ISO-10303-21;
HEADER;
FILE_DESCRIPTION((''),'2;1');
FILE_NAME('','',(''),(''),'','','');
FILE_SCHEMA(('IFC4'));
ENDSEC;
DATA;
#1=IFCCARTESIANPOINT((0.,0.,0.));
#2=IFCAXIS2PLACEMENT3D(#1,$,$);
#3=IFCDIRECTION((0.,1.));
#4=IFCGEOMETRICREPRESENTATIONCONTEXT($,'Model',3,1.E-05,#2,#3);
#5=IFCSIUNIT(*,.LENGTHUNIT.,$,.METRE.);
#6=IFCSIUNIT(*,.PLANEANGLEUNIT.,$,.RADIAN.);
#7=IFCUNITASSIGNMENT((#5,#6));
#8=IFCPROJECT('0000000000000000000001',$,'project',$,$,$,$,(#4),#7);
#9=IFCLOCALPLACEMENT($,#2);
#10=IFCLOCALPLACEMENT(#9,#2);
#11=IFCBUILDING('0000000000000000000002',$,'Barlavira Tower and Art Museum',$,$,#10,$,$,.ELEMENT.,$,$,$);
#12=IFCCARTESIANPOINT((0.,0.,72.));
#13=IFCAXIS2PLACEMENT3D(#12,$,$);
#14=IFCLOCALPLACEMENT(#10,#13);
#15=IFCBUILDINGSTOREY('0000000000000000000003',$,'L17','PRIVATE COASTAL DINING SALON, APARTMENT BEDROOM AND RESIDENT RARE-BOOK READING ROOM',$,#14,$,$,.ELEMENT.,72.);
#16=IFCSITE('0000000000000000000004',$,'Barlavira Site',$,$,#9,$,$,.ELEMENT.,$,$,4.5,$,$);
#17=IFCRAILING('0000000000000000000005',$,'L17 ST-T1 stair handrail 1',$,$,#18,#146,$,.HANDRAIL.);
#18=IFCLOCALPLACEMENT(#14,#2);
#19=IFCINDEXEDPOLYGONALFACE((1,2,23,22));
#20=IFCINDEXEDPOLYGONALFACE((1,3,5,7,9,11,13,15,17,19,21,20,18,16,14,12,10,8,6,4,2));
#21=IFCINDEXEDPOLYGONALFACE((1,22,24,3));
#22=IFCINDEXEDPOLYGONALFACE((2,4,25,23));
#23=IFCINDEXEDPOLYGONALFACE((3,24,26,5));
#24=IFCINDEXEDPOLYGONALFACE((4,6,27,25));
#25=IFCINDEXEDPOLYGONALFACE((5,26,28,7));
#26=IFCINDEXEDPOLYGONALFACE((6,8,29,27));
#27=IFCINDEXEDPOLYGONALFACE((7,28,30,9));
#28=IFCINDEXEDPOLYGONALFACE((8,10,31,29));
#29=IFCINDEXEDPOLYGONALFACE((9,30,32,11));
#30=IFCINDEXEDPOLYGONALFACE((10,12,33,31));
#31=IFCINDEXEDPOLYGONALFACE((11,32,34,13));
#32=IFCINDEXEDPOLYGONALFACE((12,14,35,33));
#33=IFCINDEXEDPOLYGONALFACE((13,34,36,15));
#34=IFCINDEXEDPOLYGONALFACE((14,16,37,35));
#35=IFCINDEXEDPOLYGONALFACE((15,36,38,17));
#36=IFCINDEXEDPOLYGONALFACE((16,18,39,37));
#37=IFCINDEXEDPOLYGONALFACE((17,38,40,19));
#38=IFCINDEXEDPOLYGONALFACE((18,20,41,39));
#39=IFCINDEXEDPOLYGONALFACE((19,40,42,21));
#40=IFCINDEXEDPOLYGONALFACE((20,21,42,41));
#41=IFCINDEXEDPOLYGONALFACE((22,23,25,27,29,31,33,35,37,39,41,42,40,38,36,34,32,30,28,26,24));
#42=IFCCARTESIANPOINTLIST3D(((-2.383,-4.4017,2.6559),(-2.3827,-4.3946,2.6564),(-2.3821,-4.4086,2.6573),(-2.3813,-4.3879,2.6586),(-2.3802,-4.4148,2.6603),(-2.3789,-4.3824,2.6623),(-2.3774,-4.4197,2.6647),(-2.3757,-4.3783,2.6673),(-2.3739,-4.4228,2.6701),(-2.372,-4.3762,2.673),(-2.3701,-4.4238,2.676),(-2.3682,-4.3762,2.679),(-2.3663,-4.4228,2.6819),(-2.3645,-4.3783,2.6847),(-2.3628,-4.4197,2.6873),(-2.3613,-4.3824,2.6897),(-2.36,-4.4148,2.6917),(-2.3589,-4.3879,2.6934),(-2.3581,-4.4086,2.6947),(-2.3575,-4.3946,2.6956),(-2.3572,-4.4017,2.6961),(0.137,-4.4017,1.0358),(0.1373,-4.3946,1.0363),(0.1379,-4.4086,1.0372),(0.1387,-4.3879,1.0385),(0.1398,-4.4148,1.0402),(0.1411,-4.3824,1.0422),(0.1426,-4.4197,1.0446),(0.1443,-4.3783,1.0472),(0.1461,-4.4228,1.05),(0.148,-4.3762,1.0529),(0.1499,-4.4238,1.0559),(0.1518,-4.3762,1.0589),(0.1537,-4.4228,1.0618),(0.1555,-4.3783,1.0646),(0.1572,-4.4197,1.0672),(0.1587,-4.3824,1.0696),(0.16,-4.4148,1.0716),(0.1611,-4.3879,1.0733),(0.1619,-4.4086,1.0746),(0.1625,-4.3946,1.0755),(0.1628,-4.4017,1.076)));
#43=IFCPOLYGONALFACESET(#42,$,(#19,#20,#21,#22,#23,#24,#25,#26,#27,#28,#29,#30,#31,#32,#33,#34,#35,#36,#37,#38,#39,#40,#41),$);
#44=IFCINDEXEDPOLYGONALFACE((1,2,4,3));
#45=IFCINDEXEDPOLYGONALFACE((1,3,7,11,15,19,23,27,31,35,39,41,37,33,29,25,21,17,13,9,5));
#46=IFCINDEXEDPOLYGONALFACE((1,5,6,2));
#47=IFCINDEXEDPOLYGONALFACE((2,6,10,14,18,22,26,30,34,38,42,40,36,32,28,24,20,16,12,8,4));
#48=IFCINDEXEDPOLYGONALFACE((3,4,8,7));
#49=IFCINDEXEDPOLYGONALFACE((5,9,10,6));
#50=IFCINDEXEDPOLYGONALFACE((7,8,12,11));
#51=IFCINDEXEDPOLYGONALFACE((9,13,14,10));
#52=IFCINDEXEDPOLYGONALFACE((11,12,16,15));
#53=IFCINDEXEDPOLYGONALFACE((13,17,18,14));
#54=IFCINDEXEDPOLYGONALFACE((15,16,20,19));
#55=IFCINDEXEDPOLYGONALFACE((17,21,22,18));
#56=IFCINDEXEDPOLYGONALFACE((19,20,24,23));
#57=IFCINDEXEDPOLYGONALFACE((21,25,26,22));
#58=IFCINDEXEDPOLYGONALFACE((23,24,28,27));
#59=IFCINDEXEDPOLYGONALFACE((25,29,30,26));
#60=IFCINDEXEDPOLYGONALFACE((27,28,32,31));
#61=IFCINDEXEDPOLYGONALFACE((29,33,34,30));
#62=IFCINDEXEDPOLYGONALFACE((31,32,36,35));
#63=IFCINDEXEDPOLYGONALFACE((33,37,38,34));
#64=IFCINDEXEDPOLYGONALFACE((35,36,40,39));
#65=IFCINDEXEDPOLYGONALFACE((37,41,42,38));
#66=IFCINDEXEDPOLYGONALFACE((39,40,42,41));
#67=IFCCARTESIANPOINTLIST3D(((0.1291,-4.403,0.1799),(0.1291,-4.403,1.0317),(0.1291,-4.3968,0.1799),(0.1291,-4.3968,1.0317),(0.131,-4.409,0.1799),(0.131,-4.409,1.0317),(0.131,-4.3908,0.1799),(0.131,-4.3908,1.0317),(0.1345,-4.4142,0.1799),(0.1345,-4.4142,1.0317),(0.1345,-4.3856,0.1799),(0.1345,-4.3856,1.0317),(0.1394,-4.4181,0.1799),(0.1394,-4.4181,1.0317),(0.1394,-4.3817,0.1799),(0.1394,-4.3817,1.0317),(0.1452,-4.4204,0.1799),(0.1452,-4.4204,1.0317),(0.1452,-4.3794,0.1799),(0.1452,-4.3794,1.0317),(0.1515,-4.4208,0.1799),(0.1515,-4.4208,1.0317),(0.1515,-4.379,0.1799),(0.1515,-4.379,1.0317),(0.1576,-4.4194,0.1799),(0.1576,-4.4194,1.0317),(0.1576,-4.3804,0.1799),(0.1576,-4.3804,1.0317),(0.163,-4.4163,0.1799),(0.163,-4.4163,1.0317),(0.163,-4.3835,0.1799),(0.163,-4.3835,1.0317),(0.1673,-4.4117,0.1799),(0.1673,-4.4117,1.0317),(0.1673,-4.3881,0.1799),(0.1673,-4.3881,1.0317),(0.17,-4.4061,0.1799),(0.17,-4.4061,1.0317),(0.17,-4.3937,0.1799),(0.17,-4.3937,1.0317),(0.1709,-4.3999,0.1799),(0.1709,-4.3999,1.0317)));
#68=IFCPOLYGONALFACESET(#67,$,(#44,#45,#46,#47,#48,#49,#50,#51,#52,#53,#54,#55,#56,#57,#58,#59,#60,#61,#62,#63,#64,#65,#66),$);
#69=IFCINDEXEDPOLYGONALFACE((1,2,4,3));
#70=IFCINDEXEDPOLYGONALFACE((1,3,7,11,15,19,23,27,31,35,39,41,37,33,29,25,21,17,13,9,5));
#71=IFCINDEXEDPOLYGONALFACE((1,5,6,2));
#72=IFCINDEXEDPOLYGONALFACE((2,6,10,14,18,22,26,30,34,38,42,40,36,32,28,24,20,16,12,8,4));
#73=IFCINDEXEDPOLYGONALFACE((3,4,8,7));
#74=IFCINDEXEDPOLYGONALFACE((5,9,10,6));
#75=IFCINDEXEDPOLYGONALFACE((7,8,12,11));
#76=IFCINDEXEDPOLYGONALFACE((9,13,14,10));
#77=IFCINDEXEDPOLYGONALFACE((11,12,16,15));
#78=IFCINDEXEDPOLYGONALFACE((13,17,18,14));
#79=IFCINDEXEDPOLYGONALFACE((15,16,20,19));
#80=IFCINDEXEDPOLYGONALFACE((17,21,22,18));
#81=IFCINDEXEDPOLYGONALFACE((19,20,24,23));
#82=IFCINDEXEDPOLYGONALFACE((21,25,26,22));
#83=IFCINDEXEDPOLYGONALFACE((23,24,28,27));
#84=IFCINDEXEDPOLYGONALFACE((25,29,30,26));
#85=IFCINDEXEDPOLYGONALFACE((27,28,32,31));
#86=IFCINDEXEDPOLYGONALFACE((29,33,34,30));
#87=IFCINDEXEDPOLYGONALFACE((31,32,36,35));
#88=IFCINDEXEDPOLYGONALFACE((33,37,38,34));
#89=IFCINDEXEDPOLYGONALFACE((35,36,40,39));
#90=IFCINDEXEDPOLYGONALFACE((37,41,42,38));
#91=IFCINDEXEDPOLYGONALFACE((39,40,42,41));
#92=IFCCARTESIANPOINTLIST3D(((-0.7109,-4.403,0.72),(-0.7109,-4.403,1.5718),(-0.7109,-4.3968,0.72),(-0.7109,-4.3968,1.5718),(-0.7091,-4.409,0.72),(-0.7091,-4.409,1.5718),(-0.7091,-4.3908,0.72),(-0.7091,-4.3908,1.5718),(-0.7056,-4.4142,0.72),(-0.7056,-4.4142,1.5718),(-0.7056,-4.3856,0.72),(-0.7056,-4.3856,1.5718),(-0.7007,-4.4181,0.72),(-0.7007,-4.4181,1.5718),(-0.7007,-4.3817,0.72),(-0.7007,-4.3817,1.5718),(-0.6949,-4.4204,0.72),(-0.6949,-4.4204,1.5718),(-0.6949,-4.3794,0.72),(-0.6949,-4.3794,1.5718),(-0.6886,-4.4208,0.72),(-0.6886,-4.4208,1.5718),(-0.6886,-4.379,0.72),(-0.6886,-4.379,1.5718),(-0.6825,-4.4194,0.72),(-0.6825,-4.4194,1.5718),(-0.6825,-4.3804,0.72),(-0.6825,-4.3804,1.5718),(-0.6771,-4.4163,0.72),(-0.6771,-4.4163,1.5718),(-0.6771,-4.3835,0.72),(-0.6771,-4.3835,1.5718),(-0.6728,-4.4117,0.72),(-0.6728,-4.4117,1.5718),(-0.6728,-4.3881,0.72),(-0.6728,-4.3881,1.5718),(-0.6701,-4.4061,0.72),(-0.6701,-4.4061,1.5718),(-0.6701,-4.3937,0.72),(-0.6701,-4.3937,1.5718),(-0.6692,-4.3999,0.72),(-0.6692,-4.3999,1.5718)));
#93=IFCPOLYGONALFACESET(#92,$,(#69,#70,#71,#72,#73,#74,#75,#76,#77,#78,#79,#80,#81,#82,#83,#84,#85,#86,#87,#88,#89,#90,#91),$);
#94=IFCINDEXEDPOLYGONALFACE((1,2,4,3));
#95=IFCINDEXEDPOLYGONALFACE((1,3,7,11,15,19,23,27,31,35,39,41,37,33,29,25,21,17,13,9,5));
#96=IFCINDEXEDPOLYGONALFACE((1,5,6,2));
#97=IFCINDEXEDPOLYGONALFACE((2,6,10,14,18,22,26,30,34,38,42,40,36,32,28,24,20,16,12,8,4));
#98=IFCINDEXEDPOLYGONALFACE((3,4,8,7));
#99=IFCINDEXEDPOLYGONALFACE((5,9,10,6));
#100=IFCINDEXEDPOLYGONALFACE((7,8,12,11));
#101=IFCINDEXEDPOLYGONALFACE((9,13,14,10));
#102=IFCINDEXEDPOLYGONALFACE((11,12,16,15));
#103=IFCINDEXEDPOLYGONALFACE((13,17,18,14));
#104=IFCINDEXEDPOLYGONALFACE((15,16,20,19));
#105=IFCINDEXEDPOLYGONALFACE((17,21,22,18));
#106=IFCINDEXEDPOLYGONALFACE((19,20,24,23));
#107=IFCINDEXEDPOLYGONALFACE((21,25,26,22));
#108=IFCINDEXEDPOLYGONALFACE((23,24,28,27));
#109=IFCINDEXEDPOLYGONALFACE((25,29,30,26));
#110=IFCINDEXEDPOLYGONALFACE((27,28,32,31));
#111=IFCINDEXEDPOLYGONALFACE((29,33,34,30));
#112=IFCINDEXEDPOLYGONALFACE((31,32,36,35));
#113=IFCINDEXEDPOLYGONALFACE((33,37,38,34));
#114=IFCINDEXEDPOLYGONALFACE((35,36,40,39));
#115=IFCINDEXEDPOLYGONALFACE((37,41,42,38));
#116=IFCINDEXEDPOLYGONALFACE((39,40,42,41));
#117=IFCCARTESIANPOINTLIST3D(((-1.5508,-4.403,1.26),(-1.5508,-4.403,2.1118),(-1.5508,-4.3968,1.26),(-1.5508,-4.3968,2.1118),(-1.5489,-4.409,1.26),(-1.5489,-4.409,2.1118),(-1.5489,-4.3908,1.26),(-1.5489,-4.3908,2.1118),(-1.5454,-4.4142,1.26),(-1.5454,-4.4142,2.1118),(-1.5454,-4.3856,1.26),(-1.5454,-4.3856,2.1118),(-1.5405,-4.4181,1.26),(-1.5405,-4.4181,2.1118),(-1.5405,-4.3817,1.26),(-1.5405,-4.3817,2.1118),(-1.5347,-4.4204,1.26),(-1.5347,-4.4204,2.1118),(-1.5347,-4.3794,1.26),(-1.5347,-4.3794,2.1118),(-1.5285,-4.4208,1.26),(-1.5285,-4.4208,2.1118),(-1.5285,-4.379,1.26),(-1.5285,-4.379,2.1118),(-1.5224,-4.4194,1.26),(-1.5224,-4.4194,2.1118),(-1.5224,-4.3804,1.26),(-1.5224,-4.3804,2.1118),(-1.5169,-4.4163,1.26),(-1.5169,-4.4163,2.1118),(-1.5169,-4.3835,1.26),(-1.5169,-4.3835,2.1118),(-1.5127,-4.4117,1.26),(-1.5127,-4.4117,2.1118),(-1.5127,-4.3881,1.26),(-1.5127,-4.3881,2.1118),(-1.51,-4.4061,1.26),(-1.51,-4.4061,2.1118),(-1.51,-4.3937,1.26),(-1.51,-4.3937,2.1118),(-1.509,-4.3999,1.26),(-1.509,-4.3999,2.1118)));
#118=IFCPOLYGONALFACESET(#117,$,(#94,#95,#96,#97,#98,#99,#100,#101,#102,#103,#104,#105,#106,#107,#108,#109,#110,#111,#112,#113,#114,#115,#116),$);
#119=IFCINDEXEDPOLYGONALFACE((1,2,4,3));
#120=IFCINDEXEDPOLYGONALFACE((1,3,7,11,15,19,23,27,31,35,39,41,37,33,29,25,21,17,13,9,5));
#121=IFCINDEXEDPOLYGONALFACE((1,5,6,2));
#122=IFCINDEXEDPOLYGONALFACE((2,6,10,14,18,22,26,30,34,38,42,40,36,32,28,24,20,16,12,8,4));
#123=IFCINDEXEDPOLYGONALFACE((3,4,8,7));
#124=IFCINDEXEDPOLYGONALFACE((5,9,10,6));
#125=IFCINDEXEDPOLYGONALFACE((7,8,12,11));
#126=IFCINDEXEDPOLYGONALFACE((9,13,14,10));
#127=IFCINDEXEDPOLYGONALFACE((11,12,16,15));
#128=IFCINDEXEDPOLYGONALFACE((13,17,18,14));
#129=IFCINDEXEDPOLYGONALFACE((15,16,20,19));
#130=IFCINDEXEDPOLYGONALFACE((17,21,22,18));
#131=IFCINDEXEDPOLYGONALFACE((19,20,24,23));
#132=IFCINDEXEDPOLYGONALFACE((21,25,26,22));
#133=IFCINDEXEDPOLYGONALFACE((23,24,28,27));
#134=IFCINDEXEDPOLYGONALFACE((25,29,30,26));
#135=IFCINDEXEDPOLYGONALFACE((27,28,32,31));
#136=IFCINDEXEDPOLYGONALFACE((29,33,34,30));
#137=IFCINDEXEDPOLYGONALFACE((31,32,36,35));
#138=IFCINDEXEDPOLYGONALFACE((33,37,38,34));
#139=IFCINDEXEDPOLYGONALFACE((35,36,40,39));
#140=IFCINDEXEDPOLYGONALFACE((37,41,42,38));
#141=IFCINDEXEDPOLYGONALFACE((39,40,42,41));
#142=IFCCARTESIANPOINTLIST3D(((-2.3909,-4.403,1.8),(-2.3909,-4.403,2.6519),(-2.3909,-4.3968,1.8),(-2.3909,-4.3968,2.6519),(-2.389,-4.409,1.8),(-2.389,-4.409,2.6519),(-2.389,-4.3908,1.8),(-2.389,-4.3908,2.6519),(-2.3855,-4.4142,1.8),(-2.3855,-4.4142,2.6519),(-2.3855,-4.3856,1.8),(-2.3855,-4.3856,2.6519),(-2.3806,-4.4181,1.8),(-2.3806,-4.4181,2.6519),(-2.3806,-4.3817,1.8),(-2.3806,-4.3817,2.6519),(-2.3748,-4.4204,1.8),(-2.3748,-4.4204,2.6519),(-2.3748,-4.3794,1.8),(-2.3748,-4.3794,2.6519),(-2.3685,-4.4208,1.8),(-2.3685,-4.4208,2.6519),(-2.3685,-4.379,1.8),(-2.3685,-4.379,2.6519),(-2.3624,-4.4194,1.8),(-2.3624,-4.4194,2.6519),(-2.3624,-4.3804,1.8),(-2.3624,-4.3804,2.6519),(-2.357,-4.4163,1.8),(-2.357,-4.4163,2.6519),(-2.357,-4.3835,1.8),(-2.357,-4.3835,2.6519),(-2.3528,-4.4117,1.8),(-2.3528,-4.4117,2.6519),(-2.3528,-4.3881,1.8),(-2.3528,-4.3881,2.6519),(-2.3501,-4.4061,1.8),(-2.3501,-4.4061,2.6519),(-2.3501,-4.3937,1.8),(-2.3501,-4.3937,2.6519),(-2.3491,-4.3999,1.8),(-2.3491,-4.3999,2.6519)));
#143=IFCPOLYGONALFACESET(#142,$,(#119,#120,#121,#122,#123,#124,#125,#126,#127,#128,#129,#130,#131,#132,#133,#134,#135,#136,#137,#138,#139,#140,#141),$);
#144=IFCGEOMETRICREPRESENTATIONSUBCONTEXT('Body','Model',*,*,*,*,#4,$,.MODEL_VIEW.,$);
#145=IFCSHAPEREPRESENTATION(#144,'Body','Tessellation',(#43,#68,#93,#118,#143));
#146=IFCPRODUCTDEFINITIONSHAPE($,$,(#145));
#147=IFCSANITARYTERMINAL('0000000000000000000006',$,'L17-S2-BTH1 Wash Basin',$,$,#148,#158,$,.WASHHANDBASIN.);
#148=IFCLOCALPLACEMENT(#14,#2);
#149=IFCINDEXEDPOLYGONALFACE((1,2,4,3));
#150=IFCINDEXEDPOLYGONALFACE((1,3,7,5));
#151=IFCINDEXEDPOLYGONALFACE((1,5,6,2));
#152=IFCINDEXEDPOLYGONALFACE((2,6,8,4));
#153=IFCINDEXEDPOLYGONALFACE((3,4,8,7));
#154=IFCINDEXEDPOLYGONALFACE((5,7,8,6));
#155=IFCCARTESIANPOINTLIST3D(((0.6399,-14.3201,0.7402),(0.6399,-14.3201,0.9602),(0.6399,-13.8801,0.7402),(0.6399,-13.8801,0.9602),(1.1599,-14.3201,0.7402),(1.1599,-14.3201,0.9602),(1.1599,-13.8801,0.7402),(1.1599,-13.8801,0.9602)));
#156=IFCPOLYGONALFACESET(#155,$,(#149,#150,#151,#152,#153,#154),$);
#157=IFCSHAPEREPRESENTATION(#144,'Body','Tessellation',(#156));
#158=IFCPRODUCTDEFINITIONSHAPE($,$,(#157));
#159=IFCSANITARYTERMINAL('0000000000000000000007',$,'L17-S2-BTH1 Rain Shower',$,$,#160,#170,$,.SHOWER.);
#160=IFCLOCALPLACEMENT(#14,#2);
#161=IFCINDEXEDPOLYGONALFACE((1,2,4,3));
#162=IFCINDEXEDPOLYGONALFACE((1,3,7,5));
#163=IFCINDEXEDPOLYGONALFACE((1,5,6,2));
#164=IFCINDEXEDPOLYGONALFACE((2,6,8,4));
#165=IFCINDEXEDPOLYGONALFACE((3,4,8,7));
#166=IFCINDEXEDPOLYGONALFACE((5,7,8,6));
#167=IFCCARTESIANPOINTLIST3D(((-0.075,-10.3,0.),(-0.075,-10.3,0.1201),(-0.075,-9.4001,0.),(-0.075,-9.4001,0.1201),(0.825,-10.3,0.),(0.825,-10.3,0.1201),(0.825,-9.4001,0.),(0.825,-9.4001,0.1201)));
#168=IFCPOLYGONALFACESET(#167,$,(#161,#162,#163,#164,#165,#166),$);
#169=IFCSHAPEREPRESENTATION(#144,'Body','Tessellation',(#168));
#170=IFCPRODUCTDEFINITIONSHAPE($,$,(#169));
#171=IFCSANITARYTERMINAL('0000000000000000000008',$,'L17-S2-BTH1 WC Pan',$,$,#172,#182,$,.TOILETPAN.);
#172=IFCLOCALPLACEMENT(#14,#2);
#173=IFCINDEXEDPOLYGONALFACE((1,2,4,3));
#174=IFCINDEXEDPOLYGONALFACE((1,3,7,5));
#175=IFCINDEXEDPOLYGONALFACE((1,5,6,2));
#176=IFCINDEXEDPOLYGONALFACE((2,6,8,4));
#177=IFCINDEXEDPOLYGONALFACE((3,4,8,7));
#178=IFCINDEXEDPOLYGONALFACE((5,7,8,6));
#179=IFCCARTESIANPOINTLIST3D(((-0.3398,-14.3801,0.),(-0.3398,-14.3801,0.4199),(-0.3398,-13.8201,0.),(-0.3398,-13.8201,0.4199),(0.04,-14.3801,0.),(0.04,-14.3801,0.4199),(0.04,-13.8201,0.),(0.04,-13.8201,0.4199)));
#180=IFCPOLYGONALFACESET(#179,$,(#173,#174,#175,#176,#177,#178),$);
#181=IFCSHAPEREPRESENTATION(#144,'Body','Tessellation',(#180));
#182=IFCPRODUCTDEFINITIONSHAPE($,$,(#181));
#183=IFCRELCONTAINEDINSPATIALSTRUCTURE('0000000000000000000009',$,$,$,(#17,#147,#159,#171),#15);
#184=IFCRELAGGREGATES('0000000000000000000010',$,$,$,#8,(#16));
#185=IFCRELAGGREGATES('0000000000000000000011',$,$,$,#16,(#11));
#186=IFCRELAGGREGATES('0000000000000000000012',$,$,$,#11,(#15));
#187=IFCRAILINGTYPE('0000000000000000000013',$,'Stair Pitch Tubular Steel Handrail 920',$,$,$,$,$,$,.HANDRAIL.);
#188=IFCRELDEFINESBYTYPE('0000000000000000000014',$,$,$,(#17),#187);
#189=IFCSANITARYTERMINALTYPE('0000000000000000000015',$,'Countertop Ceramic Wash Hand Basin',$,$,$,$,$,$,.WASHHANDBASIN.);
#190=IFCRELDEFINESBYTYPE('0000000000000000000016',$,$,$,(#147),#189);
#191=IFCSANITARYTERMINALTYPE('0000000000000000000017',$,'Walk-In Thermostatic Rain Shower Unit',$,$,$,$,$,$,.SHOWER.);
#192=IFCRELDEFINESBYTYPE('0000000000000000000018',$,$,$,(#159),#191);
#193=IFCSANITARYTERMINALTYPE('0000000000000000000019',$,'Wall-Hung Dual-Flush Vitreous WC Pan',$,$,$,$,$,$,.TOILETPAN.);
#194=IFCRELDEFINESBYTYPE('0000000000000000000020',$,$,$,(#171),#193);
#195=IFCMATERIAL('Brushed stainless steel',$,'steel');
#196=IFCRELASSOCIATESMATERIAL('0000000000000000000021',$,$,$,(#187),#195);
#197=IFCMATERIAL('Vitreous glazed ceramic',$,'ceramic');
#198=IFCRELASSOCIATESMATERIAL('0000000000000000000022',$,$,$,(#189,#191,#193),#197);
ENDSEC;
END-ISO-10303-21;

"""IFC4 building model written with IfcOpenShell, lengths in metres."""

from ifc_helpers import new_model, si_unit, direction, frame, origin, origin_2d, place, context, subcontext, project, spatial, rectangle, circle, extrude, material, type_object, element, save


model = new_model("IFC4")

# Units and contexts
model_context = context("Model", 3, precision=1e-05, world=origin(), true_north=direction((0.0, 1.0)))
body_context = subcontext(model_context, "Body", "Model", "MODEL_VIEW")
ifc_project = project(units=[si_unit("LENGTHUNIT", "METRE"), si_unit("PLANEANGLEUNIT", "RADIAN")], contexts=[model_context])

# Site, building, storey
site_placement = place(None, origin())
site = spatial("IfcSite", under=ifc_project, at=site_placement, Name="Barlavira Site", CompositionType="ELEMENT", RefElevation=4.5)
building_placement = place(site_placement, origin())
building = spatial("IfcBuilding", under=site, at=building_placement, Name="Barlavira Tower and Art Museum", CompositionType="ELEMENT")
storey_placement = place(building_placement, frame((0.0, 0.0, 72.0)))
storey = spatial("IfcBuildingStorey", under=building, at=storey_placement, Name="L17", Description="PRIVATE COASTAL DINING SALON, APARTMENT BEDROOM AND RESIDENT RARE-BOOK READING ROOM", CompositionType="ELEMENT", Elevation=72.0)

# Shared definitions
ifc_material_1 = material(Name="Brushed stainless steel", Category="steel")

# Railing
railing_type_1 = type_object("IfcRailingType", Name="Stair Pitch Tubular Steel Handrail 920", PredefinedType="HANDRAIL", material=ifc_material_1)
railing_1_placement = place(storey_placement, frame((0.1499, -4.3999, 0.1799)))
element("IfcRailing", 1, at=railing_1_placement, inside=storey, type_object=railing_type_1, Name="L17 ST-T1 stair handrail 1", PredefinedType="HANDRAIL", context=body_context, shape_type="SweptSolid", body=[
    extrude(circle(Radius=0.0239, at=origin_2d()), frame((0.0, 0.0, 0.876), z_axis=(-0.841163, 0.0, 0.540782), x_axis=(0.0, -1.0, 0.0)), (0.0, 0.0, 1.0), 2.9958),
    extrude(circle(Radius=0.021, at=origin_2d()), origin(), (0.0, 0.0, 1.0), 0.8518),
    extrude(circle(Radius=0.021, at=origin_2d()), frame((-0.8401, 0.0, 0.54)), (0.0, 0.0, 1.0), 0.8518),
    extrude(circle(Radius=0.021, at=origin_2d()), frame((-1.6799, 0.0, 1.0801)), (0.0, 0.0, 1.0), 0.8518),
    extrude(circle(Radius=0.021, at=origin_2d()), frame((-2.52, 0.0, 1.6201)), (0.0, 0.0, 1.0), 0.8518),
])

# Sanitary terminals
ifc_material_2 = material(Name="Vitreous glazed ceramic", Category="ceramic")
sanitary_terminal_type_1 = type_object("IfcSanitaryTerminalType", Name="Countertop Ceramic Wash Hand Basin", PredefinedType="WASHHANDBASIN", material=ifc_material_2)
sanitary_terminal_1_placement = place(storey_placement, frame((0.8999, -14.1001, 0.7402), z_axis=(0.0, 0.0, 1.0), x_axis=(1.0, 0.0, 0.0)))
element("IfcSanitaryTerminal", 2, at=sanitary_terminal_1_placement, inside=storey, type_object=sanitary_terminal_type_1, Name="L17-S2-BTH1 Wash Basin", PredefinedType="WASHHANDBASIN", context=body_context, shape_type="SweptSolid", body=[
    extrude(rectangle(XDim=0.52, YDim=0.4399, at=origin_2d()), origin(), (0.0, 0.0, 1.0), 0.22),
])
sanitary_terminal_type_2 = type_object("IfcSanitaryTerminalType", Name="Walk-In Thermostatic Rain Shower Unit", PredefinedType="SHOWER", material=ifc_material_2)
sanitary_terminal_2_placement = place(storey_placement, frame((0.375, -9.8501, 0.0), z_axis=(0.0, 0.0, 1.0), x_axis=(1.0, 0.0, 0.0)))
element("IfcSanitaryTerminal", 3, at=sanitary_terminal_2_placement, inside=storey, type_object=sanitary_terminal_type_2, Name="L17-S2-BTH1 Rain Shower", PredefinedType="SHOWER", context=body_context, shape_type="SweptSolid", body=[
    extrude(rectangle(XDim=0.8999, YDim=0.8999, at=origin_2d()), origin(), (0.0, 0.0, 1.0), 0.1201),
])
sanitary_terminal_type_3 = type_object("IfcSanitaryTerminalType", Name="Wall-Hung Dual-Flush Vitreous WC Pan", PredefinedType="TOILETPAN", material=ifc_material_2)
sanitary_terminal_3_placement = place(storey_placement, frame((-0.1499, -14.1001, 0.0), z_axis=(0.0, 0.0, 1.0), x_axis=(1.0, 0.0, 0.0)))
element("IfcSanitaryTerminal", 4, at=sanitary_terminal_3_placement, inside=storey, type_object=sanitary_terminal_type_3, Name="L17-S2-BTH1 WC Pan", PredefinedType="TOILETPAN", context=body_context, shape_type="SweptSolid", body=[
    extrude(rectangle(XDim=0.3799, YDim=0.5601, at=origin_2d()), origin(), (0.0, 0.0, 1.0), 0.4199),
])

save(model, "model.ifc")
